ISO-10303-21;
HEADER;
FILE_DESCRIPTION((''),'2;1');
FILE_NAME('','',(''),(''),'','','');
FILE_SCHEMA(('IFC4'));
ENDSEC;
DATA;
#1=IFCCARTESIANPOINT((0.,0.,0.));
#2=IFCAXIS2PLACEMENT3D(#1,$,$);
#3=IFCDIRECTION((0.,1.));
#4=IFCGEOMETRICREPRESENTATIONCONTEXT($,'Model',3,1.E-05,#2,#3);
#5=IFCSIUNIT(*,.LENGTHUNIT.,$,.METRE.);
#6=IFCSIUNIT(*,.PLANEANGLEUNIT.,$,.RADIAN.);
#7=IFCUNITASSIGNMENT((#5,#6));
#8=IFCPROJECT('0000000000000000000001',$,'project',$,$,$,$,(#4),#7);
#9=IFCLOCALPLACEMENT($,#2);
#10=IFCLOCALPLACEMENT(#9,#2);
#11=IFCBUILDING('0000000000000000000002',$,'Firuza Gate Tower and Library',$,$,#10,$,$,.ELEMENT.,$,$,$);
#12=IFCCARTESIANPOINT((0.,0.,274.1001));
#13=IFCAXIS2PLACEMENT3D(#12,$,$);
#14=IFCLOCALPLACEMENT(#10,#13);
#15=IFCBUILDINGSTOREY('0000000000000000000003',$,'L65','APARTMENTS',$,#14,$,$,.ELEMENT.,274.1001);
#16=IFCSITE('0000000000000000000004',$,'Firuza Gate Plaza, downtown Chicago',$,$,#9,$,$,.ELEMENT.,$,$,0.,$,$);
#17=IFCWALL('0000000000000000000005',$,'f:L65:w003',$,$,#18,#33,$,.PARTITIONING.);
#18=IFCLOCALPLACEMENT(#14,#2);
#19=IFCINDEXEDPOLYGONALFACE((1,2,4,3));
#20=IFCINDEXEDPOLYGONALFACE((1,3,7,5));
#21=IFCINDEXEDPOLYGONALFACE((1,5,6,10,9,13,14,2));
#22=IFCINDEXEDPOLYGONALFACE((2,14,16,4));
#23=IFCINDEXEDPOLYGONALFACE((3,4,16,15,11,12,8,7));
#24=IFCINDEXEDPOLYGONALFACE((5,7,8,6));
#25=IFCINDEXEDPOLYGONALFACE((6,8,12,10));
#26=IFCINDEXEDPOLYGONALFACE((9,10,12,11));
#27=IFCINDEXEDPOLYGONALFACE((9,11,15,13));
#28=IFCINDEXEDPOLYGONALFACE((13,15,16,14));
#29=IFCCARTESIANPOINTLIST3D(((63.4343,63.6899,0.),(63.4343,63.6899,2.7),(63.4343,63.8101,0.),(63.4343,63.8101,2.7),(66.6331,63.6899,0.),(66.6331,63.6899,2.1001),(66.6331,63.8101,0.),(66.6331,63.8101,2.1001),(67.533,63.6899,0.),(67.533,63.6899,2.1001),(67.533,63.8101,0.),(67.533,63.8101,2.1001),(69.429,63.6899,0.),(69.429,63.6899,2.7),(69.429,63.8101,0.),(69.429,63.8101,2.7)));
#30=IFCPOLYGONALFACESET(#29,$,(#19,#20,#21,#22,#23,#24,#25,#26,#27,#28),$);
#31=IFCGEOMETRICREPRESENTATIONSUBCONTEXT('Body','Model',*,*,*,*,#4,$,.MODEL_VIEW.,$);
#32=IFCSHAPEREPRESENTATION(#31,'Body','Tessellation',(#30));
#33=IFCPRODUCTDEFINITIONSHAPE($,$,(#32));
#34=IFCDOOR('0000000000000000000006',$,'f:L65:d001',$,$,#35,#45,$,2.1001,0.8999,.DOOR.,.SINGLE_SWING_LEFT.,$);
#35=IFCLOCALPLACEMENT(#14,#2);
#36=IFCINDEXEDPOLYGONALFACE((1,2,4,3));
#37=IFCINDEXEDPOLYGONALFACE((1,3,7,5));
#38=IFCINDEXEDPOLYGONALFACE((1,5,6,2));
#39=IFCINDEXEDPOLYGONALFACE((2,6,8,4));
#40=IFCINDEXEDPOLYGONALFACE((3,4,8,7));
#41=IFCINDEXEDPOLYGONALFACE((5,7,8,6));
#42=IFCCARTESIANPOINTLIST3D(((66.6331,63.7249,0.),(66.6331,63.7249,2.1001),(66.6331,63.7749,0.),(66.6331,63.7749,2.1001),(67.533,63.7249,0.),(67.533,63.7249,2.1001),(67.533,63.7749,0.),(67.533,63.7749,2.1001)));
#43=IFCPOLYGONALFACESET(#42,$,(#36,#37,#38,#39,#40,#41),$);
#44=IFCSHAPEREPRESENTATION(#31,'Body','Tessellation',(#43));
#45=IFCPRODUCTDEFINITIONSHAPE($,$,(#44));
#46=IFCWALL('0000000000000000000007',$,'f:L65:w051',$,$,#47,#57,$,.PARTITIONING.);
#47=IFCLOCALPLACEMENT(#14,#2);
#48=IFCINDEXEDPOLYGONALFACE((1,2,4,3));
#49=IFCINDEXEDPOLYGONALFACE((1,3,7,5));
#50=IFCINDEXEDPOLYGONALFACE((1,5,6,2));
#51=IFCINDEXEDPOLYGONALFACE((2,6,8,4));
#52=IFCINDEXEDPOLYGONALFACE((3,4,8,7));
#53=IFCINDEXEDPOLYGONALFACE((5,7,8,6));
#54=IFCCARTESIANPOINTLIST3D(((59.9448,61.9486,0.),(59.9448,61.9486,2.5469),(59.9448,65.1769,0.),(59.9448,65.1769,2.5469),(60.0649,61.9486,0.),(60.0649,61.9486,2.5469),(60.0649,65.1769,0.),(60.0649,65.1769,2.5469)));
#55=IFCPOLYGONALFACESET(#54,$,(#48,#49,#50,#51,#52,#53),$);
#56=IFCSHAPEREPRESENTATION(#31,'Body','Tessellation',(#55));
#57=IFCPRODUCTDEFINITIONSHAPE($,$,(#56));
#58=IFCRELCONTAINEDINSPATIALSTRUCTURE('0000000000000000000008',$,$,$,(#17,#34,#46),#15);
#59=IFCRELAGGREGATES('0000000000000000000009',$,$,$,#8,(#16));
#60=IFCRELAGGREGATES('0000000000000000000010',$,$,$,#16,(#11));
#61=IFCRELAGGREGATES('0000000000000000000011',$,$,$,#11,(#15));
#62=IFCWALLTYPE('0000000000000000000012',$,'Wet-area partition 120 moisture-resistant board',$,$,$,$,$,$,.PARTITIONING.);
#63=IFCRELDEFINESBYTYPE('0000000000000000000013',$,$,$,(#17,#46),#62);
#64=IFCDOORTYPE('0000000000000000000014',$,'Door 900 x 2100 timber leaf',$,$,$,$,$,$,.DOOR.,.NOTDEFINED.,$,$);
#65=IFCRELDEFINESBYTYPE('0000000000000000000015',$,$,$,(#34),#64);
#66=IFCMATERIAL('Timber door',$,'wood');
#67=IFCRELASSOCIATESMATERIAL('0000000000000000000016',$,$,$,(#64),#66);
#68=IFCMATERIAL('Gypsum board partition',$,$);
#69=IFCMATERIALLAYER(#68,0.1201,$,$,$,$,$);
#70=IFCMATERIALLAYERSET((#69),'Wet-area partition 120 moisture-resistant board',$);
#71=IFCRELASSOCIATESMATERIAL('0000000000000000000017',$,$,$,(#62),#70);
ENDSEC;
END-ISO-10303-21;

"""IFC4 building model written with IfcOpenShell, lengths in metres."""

from ifc_helpers import new_model, si_unit, direction, frame, frame_2d, origin, place, context, subcontext, project, spatial, rectangle, extrude, material, layer, layer_set, type_object, element, fill, save


model = new_model("IFC4")

# Units and contexts
model_context = context("Model", 3, precision=1e-05, world=origin(), true_north=direction((0.0, 1.0)))
body_context = subcontext(model_context, "Body", "Model", "MODEL_VIEW")
ifc_project = project(units=[si_unit("LENGTHUNIT", "METRE"), si_unit("PLANEANGLEUNIT", "RADIAN")], contexts=[model_context])

# Site, building, storey
site_placement = place(None, origin())
site = spatial("IfcSite", under=ifc_project, at=site_placement, Name="Firuza Gate Plaza, downtown Chicago", CompositionType="ELEMENT", RefElevation=0.0)
building_placement = place(site_placement, origin())
building = spatial("IfcBuilding", under=site, at=building_placement, Name="Firuza Gate Tower and Library", CompositionType="ELEMENT")
storey_placement = place(building_placement, frame((0.0, 0.0, 274.1001)))
storey = spatial("IfcBuildingStorey", under=building, at=storey_placement, Name="L65", Description="APARTMENTS", CompositionType="ELEMENT", Elevation=274.1001)

# Shared definitions
ifc_material_1 = material(Name="Timber door", Category="wood")
door_type_1 = type_object("IfcDoorType", Name="Door 900 x 2100 timber leaf", OperationType="NOTDEFINED", PredefinedType="DOOR", material=ifc_material_1)

# Wall, opening, door
ifc_material_2 = material(Name="Gypsum board partition")
ifc_layer_1 = layer(ifc_material_2, 0.1201)
ifc_layer_set_1 = layer_set([ifc_layer_1], Name="Wet-area partition 120 moisture-resistant board")
wall_type_1 = type_object("IfcWallType", Name="Wet-area partition 120 moisture-resistant board", PredefinedType="PARTITIONING", material=ifc_layer_set_1)
wall_1_placement = place(storey_placement, frame((63.4343, 63.75, 0.0), z_axis=(0.0, 0.0, 1.0), x_axis=(1.0, 0.0, 0.0)))
wall_1 = element("IfcWall", 1, at=wall_1_placement, inside=storey, type_object=wall_type_1, Name="f:L65:w003", PredefinedType="PARTITIONING", context=body_context, shape_type="SweptSolid", body=[
    extrude(rectangle(XDim=5.9946, YDim=0.1201, at=frame_2d((2.9973, 0.0))), origin(), (0.0, 0.0, 1.0), 2.7),
])
opening_1_placement = place(wall_1_placement, frame((3.1987, 0.0, 0.0)))
opening_1 = element("IfcOpeningElement", 2, at=opening_1_placement, cuts=wall_1, PredefinedType="OPENING", context=body_context, shape_type="SweptSolid", body=[
    extrude(rectangle(XDim=0.8999, YDim=2.1001, at=frame_2d((0.45, 1.05))), frame((0.0, 0.0701, 0.0), z_axis=(0.0, -1.0, 0.0), x_axis=(1.0, 0.0, 0.0)), (0.0, 0.0, 1.0), 0.1401),
])
door_1_placement = place(opening_1_placement, origin())
door_1 = element("IfcDoor", 3, at=door_1_placement, inside=storey, type_object=door_type_1, Name="f:L65:d001", OperationType="SINGLE_SWING_LEFT", OverallHeight=2.1001, OverallWidth=0.8999, PredefinedType="DOOR", context=body_context, shape_type="SweptSolid", body=[
    extrude(rectangle(XDim=0.8999, YDim=2.1001, at=frame_2d((0.45, 1.05))), frame((0.0, 0.0249, 0.0), z_axis=(0.0, -1.0, 0.0), x_axis=(1.0, 0.0, 0.0)), (0.0, 0.0, 1.0), 0.05),
])
fill(opening_1, door_1)

# Wall
wall_2_placement = place(storey_placement, frame((60.0049, 61.9485, 0.0), z_axis=(0.0, 0.0, 1.0), x_axis=(0.0, 1.0, 0.0)))
element("IfcWall", 4, at=wall_2_placement, inside=storey, type_object=wall_type_1, Name="f:L65:w051", PredefinedType="PARTITIONING", context=body_context, shape_type="SweptSolid", body=[
    extrude(rectangle(XDim=3.2283, YDim=0.1201, at=frame_2d((1.6143, 0.0))), origin(), (0.0, 0.0, 1.0), 2.5469),
])

save(model, "model.ifc")
